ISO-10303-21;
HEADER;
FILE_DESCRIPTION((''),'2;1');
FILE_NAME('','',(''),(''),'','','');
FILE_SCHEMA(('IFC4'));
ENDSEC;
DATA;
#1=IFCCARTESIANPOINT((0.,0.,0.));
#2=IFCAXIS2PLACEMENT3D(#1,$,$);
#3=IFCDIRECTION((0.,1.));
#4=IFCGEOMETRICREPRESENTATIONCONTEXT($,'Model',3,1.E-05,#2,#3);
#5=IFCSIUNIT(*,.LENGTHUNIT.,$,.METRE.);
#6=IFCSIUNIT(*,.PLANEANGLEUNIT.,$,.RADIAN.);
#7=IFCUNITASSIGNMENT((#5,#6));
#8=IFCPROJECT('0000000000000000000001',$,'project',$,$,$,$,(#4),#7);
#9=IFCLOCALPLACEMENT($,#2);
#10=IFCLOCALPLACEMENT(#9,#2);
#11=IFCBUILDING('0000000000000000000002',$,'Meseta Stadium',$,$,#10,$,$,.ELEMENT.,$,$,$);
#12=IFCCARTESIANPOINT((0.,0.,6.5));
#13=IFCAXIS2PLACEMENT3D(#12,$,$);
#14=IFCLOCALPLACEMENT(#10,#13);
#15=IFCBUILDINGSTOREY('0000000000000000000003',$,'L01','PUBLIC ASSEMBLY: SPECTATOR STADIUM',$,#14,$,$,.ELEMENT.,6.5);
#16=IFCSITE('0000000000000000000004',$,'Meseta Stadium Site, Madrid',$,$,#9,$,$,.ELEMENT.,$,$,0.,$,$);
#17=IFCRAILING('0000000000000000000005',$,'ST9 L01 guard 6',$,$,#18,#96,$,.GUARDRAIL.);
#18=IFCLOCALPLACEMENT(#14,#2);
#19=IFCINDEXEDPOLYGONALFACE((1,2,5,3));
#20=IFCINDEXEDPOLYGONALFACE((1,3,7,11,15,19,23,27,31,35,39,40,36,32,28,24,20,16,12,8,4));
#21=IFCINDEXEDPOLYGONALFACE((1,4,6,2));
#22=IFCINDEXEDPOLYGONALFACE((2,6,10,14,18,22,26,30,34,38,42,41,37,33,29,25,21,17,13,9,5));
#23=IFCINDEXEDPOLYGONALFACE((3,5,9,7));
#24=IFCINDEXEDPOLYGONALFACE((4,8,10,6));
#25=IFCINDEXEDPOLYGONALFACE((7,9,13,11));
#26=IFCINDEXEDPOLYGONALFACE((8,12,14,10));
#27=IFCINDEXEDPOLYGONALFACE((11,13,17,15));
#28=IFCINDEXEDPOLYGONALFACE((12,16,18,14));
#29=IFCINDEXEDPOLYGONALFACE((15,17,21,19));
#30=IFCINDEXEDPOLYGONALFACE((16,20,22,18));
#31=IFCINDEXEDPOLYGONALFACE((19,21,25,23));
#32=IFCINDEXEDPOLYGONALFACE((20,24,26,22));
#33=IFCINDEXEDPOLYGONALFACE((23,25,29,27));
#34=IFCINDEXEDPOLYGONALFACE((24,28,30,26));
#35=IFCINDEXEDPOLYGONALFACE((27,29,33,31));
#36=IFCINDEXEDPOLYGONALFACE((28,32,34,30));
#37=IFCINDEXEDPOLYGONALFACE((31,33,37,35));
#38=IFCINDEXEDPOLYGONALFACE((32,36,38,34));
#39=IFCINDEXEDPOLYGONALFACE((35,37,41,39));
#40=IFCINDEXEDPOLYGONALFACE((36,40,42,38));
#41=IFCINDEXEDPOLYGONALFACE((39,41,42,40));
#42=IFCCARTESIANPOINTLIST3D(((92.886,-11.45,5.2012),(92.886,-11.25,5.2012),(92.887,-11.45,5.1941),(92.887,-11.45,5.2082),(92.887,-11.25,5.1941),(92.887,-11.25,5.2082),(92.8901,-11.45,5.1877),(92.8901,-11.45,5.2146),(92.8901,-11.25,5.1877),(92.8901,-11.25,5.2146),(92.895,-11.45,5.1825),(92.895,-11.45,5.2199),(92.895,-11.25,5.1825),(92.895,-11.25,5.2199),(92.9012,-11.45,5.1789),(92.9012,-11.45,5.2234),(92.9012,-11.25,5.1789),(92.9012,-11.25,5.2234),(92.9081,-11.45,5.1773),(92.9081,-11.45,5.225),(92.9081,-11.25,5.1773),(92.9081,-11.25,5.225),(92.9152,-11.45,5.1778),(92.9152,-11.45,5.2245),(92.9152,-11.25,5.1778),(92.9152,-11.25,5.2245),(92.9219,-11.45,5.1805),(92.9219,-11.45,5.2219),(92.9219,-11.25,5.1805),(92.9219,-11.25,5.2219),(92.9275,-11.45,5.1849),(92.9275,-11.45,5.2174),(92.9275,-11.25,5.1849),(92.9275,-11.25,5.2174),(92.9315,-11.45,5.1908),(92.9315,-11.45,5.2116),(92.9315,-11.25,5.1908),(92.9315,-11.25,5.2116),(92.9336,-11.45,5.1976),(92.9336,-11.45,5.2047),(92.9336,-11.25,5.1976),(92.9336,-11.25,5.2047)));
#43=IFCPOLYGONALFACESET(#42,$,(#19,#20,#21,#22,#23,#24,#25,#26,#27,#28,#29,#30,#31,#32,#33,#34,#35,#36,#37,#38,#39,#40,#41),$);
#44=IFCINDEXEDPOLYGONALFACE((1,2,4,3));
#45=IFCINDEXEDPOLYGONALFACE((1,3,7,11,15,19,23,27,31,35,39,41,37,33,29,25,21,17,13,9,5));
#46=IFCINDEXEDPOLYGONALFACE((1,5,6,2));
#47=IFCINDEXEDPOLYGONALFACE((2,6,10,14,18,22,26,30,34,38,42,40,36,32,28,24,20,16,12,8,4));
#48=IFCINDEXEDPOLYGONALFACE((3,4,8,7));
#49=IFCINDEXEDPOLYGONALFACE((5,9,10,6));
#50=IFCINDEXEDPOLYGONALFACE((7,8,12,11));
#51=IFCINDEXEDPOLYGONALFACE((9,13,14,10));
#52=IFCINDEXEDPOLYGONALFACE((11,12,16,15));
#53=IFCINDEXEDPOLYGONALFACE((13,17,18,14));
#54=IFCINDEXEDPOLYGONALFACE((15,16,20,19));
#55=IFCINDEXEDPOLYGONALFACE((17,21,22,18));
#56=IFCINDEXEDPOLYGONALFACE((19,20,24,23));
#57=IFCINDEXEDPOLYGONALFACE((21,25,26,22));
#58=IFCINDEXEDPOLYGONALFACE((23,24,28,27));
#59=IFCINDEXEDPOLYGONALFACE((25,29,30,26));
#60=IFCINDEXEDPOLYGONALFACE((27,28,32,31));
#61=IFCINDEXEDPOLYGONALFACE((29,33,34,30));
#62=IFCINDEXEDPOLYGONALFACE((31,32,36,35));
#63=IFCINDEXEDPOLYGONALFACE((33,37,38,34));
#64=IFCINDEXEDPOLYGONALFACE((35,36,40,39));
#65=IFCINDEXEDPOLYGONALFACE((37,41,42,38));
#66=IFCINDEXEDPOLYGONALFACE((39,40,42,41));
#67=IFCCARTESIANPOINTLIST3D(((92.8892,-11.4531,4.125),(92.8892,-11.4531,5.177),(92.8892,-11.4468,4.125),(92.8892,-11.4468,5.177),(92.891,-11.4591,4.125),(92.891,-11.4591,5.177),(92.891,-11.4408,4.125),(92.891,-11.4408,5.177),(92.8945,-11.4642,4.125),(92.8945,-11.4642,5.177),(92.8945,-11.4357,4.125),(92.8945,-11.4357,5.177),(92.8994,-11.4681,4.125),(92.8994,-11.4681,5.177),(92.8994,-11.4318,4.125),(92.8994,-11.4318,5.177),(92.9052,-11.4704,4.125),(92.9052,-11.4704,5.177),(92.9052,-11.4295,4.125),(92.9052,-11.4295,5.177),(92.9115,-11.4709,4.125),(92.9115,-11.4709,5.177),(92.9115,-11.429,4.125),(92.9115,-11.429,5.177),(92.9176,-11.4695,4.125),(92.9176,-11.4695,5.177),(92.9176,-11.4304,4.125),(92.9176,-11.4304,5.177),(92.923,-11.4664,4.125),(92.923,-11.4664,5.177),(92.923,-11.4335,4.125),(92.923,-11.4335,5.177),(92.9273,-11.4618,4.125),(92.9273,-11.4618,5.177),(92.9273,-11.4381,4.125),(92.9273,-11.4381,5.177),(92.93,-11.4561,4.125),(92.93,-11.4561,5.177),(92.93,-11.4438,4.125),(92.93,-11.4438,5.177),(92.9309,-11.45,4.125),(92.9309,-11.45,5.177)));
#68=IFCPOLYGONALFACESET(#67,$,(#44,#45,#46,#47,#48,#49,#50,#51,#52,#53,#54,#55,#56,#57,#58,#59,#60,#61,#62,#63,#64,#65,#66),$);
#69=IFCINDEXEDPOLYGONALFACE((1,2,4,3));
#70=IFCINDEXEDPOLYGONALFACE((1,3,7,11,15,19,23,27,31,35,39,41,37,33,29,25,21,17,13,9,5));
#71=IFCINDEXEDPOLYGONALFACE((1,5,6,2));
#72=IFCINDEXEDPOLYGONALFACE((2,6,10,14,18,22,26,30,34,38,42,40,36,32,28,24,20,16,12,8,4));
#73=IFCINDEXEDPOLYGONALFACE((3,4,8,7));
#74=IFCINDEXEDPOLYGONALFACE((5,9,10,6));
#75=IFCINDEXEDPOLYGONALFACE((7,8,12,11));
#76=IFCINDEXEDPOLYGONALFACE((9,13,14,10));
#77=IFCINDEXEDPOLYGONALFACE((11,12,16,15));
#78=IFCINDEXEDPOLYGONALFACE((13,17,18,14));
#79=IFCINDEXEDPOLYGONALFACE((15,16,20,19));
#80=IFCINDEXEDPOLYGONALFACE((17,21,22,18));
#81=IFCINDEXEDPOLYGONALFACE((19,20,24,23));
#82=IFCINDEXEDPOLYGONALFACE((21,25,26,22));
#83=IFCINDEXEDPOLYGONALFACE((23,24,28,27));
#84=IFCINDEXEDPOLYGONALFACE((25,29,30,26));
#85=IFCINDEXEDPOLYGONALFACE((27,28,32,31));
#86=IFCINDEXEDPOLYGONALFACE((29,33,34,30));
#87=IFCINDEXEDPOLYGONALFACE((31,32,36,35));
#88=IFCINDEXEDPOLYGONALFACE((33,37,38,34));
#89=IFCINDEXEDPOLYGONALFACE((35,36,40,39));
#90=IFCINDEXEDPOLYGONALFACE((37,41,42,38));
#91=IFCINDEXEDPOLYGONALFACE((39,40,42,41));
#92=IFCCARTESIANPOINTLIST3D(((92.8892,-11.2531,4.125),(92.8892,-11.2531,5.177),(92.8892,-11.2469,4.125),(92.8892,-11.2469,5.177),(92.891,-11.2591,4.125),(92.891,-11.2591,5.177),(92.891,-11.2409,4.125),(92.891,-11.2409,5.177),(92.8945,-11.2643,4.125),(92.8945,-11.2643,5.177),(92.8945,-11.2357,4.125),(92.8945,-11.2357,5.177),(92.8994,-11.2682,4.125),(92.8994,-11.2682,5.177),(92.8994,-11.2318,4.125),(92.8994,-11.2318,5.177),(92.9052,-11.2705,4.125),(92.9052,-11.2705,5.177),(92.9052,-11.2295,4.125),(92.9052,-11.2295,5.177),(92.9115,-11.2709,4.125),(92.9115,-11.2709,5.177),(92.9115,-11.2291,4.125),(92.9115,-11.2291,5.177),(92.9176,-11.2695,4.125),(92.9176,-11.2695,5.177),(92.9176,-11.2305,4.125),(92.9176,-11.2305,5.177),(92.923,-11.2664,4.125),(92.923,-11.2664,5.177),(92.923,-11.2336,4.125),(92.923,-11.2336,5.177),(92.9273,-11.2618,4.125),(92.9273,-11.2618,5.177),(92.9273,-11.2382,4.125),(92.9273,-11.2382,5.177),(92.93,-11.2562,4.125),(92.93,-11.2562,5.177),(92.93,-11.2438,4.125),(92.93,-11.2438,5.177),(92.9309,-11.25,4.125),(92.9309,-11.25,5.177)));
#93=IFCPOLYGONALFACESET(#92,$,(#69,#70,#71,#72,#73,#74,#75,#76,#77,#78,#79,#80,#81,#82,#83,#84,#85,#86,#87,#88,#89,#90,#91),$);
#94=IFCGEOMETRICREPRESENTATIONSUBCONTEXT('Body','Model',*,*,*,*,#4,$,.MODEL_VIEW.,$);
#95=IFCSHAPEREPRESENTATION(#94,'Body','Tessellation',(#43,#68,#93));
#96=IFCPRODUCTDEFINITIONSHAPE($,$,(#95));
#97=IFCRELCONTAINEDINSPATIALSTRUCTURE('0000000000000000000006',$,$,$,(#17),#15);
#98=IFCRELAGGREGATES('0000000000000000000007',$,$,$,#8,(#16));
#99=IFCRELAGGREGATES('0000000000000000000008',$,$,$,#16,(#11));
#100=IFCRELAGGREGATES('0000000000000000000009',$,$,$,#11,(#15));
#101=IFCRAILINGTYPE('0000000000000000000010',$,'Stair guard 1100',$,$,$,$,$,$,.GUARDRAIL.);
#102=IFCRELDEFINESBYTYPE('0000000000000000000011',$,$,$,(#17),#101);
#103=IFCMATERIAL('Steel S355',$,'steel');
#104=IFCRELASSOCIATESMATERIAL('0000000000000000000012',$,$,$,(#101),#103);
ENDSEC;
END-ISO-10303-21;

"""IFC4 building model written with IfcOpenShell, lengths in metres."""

from ifc_helpers import new_model, si_unit, direction, frame, origin, origin_2d, place, context, subcontext, project, spatial, circle, extrude, material, type_object, element, save


model = new_model("IFC4")

# Units and contexts
model_context = context("Model", 3, precision=1e-05, world=origin(), true_north=direction((0.0, 1.0)))
body_context = subcontext(model_context, "Body", "Model", "MODEL_VIEW")
ifc_project = project(units=[si_unit("LENGTHUNIT", "METRE"), si_unit("PLANEANGLEUNIT", "RADIAN")], contexts=[model_context])

# Site, building, storey
site_placement = place(None, origin())
site = spatial("IfcSite", under=ifc_project, at=site_placement, Name="Meseta Stadium Site, Madrid", CompositionType="ELEMENT", RefElevation=0.0)
building_placement = place(site_placement, origin())
building = spatial("IfcBuilding", under=site, at=building_placement, Name="Meseta Stadium", CompositionType="ELEMENT")
storey_placement = place(building_placement, frame((0.0, 0.0, 6.5)))
storey = spatial("IfcBuildingStorey", under=building, at=storey_placement, Name="L01", Description="PUBLIC ASSEMBLY: SPECTATOR STADIUM", CompositionType="ELEMENT", Elevation=6.5)

# Railing
ifc_material_1 = material(Name="Steel S355", Category="steel")
railing_type_1 = type_object("IfcRailingType", Name="Stair guard 1100", PredefinedType="GUARDRAIL", material=ifc_material_1)
railing_1_placement = place(storey_placement, frame((92.9099, -11.45, 4.125)))
element("IfcRailing", 1, at=railing_1_placement, inside=storey, type_object=railing_type_1, Name="ST9 L01 guard 6", PredefinedType="GUARDRAIL", context=body_context, shape_type="SweptSolid", body=[
    extrude(circle(Radius=0.0239, at=origin_2d()), frame((0.0, 0.0, 1.0762), z_axis=(0.0, 1.0, 0.0), x_axis=(-1.0, 0.0, 0.0)), (0.0, 0.0, 1.0), 0.2),
    extrude(circle(Radius=0.021, at=origin_2d()), origin(), (0.0, 0.0, 1.0), 1.052),
    extrude(circle(Radius=0.021, at=origin_2d()), frame((0.0, 0.2, 0.0)), (0.0, 0.0, 1.0), 1.052),
])

save(model, "model.ifc")
